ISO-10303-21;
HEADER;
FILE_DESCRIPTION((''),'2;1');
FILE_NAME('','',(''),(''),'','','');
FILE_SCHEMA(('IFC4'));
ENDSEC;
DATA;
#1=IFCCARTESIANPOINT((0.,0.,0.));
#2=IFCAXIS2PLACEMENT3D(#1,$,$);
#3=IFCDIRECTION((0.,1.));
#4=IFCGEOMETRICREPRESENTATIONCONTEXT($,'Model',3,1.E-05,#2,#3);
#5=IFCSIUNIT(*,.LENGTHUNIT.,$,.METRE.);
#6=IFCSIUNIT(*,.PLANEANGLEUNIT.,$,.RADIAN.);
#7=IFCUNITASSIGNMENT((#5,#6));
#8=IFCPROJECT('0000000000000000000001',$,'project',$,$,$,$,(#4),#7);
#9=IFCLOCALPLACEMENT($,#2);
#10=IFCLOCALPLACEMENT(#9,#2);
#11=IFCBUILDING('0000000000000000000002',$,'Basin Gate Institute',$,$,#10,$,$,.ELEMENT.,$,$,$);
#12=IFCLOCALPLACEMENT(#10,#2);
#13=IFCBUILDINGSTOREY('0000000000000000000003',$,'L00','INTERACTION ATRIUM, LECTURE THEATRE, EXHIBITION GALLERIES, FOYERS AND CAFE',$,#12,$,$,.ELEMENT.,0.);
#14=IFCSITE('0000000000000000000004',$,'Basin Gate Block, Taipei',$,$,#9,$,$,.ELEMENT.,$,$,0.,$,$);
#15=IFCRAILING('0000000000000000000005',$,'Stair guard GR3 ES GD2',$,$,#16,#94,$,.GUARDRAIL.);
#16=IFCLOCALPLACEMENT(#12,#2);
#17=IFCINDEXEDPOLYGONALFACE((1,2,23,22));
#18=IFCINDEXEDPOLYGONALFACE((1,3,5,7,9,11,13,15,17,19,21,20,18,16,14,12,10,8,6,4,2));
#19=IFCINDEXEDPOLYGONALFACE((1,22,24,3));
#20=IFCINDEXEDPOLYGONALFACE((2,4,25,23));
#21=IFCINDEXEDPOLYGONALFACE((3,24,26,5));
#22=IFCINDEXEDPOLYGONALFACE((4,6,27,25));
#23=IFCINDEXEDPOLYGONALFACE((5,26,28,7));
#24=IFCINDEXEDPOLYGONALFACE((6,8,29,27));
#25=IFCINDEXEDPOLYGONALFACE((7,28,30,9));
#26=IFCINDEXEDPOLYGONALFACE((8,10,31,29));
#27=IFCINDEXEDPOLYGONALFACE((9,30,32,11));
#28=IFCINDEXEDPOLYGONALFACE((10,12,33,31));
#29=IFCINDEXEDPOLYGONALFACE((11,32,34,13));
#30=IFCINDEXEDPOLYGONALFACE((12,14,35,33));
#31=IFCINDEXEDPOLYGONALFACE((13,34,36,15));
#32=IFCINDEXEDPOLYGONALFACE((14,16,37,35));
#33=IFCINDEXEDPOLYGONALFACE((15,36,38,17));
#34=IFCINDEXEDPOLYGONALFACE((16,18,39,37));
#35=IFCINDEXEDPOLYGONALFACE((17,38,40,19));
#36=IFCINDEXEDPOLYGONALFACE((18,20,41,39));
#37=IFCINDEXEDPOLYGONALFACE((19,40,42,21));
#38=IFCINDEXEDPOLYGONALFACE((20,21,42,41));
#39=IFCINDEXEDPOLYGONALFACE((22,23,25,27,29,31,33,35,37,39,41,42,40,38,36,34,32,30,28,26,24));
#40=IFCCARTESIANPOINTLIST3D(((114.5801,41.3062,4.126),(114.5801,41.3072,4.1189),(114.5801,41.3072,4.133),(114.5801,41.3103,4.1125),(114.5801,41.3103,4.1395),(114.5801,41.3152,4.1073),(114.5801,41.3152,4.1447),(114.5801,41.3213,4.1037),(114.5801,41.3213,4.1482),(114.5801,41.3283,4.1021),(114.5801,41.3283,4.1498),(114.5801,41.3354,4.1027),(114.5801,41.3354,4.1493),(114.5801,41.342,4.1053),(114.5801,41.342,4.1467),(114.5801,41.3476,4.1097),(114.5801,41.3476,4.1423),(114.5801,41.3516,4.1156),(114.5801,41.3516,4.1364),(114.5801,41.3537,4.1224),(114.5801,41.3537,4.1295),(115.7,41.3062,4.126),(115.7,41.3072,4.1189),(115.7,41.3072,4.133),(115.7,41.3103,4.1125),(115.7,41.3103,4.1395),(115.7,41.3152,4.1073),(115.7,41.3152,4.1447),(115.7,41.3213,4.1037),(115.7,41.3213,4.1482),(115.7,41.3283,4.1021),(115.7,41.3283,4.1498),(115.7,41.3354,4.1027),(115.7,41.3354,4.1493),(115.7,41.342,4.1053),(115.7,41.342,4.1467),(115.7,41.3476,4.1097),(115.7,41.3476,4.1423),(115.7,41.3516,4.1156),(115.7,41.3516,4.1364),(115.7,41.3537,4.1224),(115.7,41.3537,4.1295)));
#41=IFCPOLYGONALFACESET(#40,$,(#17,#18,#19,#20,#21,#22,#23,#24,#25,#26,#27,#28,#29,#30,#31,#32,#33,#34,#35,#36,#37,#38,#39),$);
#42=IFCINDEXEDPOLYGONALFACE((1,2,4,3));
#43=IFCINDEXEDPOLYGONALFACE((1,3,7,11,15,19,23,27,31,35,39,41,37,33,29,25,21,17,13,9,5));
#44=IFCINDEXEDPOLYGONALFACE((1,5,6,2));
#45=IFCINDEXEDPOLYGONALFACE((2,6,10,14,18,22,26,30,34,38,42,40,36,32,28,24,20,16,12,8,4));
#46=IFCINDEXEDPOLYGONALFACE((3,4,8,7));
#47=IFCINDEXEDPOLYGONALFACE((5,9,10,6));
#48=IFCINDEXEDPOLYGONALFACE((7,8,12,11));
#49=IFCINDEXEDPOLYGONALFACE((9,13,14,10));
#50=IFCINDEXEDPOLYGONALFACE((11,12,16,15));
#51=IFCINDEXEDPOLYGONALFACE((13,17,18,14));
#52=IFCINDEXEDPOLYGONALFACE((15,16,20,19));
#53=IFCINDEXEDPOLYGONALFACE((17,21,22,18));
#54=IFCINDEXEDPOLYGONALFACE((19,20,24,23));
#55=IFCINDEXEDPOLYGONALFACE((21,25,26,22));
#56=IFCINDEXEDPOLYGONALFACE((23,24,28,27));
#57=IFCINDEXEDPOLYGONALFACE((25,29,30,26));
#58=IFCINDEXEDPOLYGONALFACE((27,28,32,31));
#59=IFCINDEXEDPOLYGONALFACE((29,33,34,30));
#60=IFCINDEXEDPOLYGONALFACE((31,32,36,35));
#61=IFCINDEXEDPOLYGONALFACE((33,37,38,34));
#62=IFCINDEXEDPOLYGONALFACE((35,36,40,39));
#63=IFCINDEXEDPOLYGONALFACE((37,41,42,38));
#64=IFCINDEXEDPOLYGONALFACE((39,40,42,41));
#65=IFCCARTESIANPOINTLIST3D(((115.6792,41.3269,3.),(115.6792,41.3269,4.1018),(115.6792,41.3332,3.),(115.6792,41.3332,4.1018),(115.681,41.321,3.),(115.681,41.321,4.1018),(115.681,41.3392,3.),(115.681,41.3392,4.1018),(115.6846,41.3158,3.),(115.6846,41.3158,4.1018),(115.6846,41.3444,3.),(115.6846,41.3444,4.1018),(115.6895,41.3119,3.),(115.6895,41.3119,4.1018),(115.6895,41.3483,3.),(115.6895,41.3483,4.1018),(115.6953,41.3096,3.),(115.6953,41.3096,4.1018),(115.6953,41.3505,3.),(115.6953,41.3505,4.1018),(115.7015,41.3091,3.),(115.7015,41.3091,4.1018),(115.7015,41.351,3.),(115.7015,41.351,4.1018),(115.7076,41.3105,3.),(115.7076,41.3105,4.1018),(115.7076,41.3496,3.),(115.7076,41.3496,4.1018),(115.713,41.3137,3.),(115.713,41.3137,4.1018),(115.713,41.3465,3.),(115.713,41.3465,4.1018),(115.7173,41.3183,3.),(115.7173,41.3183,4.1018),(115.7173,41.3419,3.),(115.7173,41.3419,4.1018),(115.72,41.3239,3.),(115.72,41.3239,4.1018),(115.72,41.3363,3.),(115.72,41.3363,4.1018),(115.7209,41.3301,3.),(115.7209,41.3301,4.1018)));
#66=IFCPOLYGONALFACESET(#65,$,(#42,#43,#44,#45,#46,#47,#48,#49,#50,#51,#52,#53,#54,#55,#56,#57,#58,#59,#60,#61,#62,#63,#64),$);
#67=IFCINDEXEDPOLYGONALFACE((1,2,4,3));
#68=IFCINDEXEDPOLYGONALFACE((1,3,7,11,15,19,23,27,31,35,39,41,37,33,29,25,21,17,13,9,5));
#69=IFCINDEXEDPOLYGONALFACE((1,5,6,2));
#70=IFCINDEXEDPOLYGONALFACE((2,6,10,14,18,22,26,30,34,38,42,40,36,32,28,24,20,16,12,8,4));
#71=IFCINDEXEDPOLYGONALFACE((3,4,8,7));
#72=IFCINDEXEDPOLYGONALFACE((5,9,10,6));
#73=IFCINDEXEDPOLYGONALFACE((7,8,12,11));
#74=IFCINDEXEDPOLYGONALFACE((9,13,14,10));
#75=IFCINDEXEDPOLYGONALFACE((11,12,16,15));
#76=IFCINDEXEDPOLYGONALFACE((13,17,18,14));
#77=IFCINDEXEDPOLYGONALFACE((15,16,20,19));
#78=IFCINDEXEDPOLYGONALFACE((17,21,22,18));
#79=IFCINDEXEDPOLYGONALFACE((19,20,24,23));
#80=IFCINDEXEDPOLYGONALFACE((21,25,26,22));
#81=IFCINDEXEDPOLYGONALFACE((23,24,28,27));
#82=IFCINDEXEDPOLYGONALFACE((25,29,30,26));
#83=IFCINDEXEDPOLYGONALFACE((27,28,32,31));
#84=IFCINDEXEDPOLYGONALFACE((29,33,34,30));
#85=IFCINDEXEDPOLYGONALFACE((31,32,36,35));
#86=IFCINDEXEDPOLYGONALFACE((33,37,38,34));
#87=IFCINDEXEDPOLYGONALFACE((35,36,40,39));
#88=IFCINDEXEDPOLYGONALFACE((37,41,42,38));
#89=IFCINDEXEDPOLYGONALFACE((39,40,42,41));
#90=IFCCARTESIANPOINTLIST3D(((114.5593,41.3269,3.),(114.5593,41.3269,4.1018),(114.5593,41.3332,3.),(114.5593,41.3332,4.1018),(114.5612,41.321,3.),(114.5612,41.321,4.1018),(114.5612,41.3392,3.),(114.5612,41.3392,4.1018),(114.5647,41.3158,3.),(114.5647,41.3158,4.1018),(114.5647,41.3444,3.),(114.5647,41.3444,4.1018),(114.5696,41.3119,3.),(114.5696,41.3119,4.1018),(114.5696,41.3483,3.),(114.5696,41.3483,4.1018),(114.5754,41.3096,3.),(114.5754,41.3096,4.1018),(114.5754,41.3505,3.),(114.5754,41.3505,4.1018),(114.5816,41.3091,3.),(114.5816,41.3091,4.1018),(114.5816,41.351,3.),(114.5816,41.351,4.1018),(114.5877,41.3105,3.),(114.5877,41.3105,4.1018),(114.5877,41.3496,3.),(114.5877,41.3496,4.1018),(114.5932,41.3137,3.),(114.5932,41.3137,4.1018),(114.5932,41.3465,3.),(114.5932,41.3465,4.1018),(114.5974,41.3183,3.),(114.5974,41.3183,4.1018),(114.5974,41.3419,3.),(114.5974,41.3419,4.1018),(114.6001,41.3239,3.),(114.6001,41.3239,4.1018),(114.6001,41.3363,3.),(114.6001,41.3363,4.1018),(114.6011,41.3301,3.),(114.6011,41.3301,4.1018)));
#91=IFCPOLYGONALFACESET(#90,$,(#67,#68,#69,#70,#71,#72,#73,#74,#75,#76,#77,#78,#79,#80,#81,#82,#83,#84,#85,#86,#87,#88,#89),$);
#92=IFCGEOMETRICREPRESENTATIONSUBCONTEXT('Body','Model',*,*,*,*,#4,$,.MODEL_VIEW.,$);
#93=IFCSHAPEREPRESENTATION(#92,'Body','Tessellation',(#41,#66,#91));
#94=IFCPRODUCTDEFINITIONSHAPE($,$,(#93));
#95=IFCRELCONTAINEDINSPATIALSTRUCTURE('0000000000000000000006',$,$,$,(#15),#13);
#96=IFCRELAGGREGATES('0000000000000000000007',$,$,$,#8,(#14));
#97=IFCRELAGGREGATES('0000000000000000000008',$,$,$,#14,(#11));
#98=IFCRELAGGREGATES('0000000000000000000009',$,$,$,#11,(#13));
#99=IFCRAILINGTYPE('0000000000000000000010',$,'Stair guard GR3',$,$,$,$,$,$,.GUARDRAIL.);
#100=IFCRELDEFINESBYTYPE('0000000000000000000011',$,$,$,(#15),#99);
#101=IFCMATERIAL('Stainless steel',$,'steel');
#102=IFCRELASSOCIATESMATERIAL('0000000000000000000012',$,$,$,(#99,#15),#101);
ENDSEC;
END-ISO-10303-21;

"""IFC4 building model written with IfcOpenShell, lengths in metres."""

from ifc_helpers import new_model, si_unit, direction, frame, origin, origin_2d, place, context, subcontext, project, spatial, circle, extrude, material, type_object, element, save


model = new_model("IFC4")

# Units and contexts
model_context = context("Model", 3, precision=1e-05, world=origin(), true_north=direction((0.0, 1.0)))
body_context = subcontext(model_context, "Body", "Model", "MODEL_VIEW")
ifc_project = project(units=[si_unit("LENGTHUNIT", "METRE"), si_unit("PLANEANGLEUNIT", "RADIAN")], contexts=[model_context])

# Site, building, storey
site_placement = place(None, origin())
site = spatial("IfcSite", under=ifc_project, at=site_placement, Name="Basin Gate Block, Taipei", CompositionType="ELEMENT", RefElevation=0.0)
building_placement = place(site_placement, origin())
building = spatial("IfcBuilding", under=site, at=building_placement, Name="Basin Gate Institute", CompositionType="ELEMENT")
storey_placement = place(building_placement, origin())
storey = spatial("IfcBuildingStorey", under=building, at=storey_placement, Name="L00", Description="INTERACTION ATRIUM, LECTURE THEATRE, EXHIBITION GALLERIES, FOYERS AND CAFE", CompositionType="ELEMENT", Elevation=0.0)

# Railing
ifc_material_1 = material(Name="Stainless steel", Category="steel")
railing_type_1 = type_object("IfcRailingType", Name="Stair guard GR3", PredefinedType="GUARDRAIL", material=ifc_material_1)
railing_1_placement = place(storey_placement, frame((115.7, 41.3301, 3.0)))
element("IfcRailing", 1, at=railing_1_placement, inside=storey, type_object=railing_type_1, material=ifc_material_1, Name="Stair guard GR3 ES GD2", PredefinedType="GUARDRAIL", context=body_context, shape_type="SweptSolid", body=[
    extrude(circle(Radius=0.0239, at=origin_2d()), frame((0.0, 0.0, 1.126), z_axis=(-1.0, 0.0, 0.0), x_axis=(0.0, -1.0, 0.0)), (0.0, 0.0, 1.0), 1.1199),
    extrude(circle(Radius=0.021, at=origin_2d()), origin(), (0.0, 0.0, 1.0), 1.1018),
    extrude(circle(Radius=0.021, at=origin_2d()), frame((-1.1199, 0.0, 0.0)), (0.0, 0.0, 1.0), 1.1018),
])

save(model, "model.ifc")
